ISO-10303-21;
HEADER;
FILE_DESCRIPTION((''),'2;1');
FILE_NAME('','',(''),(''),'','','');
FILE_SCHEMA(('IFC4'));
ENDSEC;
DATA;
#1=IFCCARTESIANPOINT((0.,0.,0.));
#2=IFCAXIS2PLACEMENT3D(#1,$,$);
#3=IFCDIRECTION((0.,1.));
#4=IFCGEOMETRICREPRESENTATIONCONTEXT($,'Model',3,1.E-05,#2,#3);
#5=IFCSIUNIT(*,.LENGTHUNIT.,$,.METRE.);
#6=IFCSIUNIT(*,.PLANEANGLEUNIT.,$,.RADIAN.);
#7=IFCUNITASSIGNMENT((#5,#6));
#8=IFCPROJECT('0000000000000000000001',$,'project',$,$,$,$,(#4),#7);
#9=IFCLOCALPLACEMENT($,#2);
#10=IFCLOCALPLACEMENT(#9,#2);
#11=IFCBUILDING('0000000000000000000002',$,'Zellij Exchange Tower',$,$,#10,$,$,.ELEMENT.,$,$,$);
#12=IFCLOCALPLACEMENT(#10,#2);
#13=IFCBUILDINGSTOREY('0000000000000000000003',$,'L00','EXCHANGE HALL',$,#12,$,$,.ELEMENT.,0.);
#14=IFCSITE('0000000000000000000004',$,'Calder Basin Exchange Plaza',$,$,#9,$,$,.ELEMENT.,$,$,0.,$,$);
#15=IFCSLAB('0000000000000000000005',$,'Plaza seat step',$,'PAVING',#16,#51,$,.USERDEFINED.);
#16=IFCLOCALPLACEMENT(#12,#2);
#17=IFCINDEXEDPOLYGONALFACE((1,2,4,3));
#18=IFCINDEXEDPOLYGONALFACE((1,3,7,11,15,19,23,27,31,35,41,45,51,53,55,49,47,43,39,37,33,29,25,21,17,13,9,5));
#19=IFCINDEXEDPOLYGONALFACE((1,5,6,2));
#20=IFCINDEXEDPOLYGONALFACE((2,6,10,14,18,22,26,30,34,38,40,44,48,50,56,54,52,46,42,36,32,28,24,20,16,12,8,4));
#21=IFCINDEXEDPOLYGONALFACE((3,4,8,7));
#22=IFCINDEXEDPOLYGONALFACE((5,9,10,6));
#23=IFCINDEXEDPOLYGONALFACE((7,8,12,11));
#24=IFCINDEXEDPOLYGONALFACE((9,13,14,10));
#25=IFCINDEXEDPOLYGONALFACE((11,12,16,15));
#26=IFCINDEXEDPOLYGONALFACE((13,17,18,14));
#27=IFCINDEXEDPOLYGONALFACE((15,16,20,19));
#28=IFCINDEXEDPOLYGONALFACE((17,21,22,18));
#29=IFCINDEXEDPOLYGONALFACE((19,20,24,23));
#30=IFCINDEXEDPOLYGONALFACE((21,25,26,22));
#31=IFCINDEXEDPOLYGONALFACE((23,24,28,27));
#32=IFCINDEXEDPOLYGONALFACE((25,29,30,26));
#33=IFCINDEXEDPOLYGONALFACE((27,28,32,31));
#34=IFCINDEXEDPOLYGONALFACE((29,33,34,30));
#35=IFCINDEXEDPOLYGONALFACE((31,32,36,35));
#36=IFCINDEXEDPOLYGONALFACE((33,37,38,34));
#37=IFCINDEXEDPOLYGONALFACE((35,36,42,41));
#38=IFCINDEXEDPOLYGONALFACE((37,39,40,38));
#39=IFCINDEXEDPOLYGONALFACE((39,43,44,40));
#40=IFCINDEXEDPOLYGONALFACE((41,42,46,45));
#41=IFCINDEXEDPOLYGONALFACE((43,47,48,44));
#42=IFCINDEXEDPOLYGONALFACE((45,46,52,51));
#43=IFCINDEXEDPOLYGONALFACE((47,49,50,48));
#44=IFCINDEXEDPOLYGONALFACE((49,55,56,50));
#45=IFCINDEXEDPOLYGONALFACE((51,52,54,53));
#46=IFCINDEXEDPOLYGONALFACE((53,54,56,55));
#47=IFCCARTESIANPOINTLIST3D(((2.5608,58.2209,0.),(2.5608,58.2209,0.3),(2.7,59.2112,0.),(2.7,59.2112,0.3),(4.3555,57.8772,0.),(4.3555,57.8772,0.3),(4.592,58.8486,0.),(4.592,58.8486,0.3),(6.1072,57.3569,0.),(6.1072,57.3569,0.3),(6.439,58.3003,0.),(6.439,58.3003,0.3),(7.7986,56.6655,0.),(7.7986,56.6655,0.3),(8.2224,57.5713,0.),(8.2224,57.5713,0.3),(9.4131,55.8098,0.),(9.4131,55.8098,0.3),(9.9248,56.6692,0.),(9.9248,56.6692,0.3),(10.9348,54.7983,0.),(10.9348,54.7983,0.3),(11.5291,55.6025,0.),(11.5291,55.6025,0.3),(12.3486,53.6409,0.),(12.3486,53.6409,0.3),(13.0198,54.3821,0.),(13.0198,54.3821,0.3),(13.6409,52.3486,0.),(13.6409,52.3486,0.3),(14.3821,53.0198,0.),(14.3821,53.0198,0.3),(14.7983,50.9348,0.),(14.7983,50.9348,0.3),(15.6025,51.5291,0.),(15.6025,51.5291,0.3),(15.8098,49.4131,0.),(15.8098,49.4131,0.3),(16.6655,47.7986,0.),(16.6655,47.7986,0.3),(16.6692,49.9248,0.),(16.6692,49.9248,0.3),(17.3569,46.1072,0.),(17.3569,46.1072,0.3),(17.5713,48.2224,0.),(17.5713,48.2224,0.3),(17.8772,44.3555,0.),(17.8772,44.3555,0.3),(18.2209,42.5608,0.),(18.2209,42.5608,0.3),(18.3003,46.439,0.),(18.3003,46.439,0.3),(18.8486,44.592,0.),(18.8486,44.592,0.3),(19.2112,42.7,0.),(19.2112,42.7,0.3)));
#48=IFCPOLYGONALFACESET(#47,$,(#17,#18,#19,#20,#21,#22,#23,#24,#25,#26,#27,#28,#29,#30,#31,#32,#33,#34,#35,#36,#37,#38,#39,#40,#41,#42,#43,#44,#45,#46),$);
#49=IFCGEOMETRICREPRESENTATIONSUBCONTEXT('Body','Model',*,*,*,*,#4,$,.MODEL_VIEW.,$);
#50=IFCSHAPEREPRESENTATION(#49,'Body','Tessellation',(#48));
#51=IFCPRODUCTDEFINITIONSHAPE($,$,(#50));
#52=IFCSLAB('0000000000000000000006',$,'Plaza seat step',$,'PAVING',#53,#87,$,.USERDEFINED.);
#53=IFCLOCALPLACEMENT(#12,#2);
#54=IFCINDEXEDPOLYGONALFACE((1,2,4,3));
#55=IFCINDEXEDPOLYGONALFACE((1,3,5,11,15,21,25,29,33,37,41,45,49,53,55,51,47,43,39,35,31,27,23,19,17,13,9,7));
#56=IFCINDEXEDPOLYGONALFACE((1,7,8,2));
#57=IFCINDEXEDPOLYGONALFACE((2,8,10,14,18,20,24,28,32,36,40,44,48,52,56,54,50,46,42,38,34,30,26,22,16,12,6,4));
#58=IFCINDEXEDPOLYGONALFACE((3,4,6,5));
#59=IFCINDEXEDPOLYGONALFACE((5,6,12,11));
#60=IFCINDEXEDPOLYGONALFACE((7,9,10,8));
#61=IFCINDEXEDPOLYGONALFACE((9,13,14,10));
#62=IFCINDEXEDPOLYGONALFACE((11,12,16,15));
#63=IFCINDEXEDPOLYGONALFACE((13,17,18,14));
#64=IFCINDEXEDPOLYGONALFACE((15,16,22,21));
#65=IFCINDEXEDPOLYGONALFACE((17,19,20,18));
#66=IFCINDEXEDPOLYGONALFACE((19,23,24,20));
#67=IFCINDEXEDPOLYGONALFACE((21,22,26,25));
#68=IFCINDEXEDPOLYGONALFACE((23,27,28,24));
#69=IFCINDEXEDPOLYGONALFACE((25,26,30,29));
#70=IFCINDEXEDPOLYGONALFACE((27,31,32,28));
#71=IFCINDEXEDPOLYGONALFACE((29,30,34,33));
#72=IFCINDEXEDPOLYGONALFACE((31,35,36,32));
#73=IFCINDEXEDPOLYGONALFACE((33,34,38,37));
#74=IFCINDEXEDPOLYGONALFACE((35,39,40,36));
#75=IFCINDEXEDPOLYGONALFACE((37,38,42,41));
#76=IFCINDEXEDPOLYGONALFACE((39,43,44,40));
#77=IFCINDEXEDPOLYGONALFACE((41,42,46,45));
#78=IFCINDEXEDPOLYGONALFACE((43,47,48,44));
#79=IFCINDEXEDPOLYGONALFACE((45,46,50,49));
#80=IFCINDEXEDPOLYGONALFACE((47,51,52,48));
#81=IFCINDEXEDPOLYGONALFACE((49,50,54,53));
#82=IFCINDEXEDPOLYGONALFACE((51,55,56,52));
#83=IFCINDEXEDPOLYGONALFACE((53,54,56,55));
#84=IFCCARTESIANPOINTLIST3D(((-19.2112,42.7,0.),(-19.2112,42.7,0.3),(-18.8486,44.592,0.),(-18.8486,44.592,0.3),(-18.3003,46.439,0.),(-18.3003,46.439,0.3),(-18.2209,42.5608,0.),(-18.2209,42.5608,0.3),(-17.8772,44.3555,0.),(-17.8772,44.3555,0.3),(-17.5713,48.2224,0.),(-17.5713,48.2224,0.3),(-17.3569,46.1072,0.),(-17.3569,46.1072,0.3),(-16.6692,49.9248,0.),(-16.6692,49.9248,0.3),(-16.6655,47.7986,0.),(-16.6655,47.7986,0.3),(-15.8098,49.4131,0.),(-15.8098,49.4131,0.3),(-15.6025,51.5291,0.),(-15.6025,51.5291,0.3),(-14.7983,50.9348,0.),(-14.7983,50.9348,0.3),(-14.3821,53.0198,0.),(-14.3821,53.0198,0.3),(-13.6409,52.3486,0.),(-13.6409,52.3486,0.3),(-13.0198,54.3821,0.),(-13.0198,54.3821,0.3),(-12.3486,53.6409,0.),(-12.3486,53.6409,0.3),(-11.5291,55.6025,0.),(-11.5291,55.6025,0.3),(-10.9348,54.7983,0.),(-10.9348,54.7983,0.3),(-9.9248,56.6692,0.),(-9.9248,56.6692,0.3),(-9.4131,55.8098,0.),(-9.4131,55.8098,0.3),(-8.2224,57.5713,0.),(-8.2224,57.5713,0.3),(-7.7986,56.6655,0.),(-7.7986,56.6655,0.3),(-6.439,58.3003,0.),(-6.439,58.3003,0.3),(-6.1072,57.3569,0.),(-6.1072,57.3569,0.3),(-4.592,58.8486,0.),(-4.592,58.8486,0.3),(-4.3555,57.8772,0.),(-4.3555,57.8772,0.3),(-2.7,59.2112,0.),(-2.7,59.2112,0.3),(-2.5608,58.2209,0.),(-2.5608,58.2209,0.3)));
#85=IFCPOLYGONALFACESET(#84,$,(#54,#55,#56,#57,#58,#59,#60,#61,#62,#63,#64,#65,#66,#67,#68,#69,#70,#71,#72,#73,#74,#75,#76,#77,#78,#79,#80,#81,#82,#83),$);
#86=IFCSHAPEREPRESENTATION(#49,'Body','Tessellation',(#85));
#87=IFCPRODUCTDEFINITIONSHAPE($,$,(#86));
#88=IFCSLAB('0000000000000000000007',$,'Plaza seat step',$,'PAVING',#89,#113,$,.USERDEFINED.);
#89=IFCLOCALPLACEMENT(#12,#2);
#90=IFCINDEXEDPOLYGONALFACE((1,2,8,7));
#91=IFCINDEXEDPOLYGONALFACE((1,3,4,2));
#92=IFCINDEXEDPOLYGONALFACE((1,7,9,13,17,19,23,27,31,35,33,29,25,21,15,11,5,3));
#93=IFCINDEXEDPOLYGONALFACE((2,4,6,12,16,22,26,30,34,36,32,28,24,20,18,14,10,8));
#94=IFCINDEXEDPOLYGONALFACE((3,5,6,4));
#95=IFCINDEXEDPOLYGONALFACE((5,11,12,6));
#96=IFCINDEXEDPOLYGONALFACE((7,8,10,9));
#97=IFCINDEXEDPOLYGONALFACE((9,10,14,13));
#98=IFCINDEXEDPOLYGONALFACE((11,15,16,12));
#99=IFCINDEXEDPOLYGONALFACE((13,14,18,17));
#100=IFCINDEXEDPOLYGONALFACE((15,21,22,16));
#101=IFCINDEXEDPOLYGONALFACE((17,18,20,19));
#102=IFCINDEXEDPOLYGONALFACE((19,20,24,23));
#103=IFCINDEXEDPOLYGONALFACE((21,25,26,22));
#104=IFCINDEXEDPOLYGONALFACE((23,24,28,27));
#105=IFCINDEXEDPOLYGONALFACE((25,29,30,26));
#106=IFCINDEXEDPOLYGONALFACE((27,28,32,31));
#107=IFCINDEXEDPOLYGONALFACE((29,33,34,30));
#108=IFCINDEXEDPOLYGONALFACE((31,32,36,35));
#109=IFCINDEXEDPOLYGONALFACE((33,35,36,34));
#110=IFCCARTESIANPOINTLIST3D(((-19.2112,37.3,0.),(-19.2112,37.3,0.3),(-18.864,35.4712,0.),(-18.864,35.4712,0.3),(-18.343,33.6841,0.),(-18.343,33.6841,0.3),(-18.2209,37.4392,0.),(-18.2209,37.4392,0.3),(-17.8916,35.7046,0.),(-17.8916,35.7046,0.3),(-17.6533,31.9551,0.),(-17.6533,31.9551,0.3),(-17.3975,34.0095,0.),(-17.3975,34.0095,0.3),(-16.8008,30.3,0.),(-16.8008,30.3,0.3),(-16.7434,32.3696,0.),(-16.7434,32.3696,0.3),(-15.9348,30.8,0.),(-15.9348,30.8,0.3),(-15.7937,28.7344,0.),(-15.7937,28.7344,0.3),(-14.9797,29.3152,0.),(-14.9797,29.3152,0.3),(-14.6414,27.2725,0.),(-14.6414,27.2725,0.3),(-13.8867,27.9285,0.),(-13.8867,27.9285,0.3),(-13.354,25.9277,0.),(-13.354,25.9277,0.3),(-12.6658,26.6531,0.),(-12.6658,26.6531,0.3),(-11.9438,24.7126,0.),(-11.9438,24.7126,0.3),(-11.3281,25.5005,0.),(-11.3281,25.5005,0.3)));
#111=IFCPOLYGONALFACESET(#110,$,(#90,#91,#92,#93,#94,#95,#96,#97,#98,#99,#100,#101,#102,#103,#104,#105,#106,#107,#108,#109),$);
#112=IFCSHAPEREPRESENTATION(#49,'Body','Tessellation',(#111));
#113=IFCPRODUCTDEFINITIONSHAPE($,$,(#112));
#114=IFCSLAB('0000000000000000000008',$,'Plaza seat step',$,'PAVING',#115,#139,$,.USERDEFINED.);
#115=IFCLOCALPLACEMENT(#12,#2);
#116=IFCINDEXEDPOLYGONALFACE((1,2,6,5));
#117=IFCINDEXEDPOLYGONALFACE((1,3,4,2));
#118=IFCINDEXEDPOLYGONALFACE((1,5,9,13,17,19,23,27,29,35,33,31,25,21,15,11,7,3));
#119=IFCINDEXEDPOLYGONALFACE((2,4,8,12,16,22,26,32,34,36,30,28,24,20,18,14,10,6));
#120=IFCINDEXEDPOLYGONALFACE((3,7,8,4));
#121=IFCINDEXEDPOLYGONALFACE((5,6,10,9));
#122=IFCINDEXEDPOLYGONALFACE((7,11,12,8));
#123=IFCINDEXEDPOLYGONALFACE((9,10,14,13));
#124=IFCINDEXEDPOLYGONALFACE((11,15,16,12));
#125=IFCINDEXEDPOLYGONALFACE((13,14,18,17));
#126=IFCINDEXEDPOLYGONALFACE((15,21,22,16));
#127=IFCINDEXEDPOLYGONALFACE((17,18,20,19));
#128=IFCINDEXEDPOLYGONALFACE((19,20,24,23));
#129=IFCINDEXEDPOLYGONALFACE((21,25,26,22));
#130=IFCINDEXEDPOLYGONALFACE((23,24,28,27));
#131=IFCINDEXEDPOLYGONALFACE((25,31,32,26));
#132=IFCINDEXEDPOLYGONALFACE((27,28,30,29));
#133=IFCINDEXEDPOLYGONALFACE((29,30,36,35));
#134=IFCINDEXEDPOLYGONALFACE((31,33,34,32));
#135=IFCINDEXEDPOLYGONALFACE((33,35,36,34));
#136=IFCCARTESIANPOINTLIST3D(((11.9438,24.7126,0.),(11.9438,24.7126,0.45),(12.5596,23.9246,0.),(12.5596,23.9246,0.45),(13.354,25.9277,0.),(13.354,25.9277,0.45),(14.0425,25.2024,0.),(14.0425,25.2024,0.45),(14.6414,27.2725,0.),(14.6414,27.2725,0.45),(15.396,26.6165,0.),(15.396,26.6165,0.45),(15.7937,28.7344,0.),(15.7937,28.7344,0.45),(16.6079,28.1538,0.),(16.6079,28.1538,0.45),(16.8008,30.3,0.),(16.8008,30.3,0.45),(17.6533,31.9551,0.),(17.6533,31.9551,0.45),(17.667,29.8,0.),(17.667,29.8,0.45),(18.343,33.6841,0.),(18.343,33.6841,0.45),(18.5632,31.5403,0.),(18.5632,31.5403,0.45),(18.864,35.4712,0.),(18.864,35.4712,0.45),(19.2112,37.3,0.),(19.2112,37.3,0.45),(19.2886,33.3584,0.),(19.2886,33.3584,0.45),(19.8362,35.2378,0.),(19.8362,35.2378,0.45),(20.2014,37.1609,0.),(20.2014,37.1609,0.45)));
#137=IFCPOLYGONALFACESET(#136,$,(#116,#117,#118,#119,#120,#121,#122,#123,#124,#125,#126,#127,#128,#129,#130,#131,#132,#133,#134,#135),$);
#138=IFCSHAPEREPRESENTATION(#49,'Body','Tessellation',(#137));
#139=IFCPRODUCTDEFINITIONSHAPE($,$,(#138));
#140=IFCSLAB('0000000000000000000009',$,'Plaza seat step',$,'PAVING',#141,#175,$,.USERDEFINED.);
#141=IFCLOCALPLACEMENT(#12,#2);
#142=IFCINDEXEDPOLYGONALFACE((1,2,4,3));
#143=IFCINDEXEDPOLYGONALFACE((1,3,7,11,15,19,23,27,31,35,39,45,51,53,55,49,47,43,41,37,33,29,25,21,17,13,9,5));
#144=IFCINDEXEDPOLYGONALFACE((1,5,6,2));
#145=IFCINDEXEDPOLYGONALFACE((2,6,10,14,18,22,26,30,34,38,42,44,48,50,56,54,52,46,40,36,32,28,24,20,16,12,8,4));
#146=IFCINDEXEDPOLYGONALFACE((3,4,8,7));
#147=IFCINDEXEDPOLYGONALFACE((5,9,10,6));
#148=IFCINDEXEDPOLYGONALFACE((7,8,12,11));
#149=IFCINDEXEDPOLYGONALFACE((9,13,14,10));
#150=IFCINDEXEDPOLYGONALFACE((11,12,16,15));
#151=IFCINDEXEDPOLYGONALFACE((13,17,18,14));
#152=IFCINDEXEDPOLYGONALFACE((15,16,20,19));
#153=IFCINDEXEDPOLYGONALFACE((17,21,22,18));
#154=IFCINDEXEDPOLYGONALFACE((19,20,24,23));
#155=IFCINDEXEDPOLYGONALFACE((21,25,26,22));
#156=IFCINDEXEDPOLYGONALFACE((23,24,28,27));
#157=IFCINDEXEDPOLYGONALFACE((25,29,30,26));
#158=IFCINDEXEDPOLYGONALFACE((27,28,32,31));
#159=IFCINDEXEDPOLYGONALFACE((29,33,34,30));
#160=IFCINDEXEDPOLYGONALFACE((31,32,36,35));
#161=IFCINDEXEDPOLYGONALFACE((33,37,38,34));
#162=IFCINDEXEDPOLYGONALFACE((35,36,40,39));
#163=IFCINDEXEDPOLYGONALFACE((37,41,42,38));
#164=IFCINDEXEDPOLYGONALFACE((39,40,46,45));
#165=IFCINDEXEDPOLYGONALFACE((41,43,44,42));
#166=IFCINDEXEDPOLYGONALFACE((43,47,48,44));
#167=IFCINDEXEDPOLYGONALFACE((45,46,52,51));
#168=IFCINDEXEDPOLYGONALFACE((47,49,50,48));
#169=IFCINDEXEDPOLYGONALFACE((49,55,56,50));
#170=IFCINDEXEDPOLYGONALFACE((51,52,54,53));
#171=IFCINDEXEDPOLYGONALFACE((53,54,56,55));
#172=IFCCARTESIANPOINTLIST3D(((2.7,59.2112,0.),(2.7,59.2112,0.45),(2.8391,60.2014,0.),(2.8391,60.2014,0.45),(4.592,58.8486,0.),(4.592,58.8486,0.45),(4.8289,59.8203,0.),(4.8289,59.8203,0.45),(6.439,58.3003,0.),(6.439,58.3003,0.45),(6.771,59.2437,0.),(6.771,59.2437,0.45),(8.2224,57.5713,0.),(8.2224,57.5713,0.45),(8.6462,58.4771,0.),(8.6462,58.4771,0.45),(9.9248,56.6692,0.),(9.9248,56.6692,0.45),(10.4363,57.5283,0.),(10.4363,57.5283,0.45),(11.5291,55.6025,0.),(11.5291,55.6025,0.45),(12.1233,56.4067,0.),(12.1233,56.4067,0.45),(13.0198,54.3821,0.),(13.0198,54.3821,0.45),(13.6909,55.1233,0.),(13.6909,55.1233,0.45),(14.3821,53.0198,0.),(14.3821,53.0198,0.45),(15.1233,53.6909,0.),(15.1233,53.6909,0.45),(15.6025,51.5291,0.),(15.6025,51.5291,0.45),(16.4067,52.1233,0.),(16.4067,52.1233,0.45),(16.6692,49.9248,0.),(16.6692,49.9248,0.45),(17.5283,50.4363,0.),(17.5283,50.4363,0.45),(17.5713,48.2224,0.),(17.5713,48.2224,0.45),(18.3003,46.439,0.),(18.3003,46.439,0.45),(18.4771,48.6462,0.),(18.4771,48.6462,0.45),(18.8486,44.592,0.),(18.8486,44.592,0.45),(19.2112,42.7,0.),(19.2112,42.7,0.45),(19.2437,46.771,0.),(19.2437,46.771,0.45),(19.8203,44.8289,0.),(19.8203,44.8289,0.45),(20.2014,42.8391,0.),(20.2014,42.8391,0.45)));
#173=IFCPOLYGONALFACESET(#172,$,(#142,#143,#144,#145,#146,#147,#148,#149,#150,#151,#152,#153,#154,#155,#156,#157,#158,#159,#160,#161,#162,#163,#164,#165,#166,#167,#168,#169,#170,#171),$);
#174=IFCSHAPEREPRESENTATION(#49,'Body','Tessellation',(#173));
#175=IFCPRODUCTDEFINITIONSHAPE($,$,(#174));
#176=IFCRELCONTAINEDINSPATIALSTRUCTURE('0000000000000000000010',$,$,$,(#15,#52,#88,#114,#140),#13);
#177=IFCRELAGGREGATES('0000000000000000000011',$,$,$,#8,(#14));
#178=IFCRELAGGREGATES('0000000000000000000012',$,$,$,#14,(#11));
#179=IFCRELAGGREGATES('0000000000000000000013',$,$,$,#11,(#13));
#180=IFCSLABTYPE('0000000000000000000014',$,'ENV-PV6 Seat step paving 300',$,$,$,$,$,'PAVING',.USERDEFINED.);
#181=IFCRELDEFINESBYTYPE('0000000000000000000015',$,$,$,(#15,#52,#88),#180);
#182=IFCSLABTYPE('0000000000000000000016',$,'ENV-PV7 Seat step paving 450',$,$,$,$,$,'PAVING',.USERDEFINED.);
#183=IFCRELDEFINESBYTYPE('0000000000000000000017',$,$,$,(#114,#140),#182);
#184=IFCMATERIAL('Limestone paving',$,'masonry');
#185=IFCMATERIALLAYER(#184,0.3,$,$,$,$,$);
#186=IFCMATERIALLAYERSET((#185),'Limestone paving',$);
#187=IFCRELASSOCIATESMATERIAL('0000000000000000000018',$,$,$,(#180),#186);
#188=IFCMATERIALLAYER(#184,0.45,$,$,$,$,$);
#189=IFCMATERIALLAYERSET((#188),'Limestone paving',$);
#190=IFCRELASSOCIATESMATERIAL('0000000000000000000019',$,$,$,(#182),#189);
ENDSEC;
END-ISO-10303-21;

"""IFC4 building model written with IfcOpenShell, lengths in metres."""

from ifc_helpers import new_model, si_unit, direction, origin, place, context, subcontext, project, spatial, polyline, outline, extrude, material, layer, layer_set, type_object, element, save


model = new_model("IFC4")

# Units and contexts
model_context = context("Model", 3, precision=1e-05, world=origin(), true_north=direction((0.0, 1.0)))
body_context = subcontext(model_context, "Body", "Model", "MODEL_VIEW")
ifc_project = project(units=[si_unit("LENGTHUNIT", "METRE"), si_unit("PLANEANGLEUNIT", "RADIAN")], contexts=[model_context])

# Site, building, storey
site_placement = place(None, origin())
site = spatial("IfcSite", under=ifc_project, at=site_placement, Name="Calder Basin Exchange Plaza", CompositionType="ELEMENT", RefElevation=0.0)
building_placement = place(site_placement, origin())
building = spatial("IfcBuilding", under=site, at=building_placement, Name="Zellij Exchange Tower", CompositionType="ELEMENT")
storey_placement = place(building_placement, origin())
storey = spatial("IfcBuildingStorey", under=building, at=storey_placement, Name="L00", Description="EXCHANGE HALL", CompositionType="ELEMENT", Elevation=0.0)

# Slabs
ifc_material_1 = material(Name="Limestone paving", Category="masonry")
ifc_layer_1 = layer(ifc_material_1, 0.3)
ifc_layer_set_1 = layer_set([ifc_layer_1], Name="Limestone paving")
slab_type_1 = type_object("IfcSlabType", Name="ENV-PV6 Seat step paving 300", ElementType="PAVING", PredefinedType="USERDEFINED", material=ifc_layer_set_1)
slab_1_placement = place(storey_placement, origin())
element("IfcSlab", 1, at=slab_1_placement, inside=storey, type_object=slab_type_1, Name="Plaza seat step", ObjectType="PAVING", PredefinedType="USERDEFINED", context=body_context, shape_type="SweptSolid", body=[
    extrude(outline(polyline([(19.2112, 42.7), (18.8486, 44.592), (18.3003, 46.439), (17.5713, 48.2224), (16.6692, 49.9248), (15.6025, 51.5291), (14.3821, 53.0198), (13.0198, 54.3821), (11.5291, 55.6025), (9.9248, 56.6692), (8.2224, 57.5713), (6.439, 58.3003), (4.592, 58.8486), (2.7, 59.2112), (2.5608, 58.2209), (4.3555, 57.8772), (6.1072, 57.3569), (7.7986, 56.6655), (9.4131, 55.8098), (10.9348, 54.7983), (12.3486, 53.6409), (13.6409, 52.3486), (14.7983, 50.9348), (15.8098, 49.4131), (16.6655, 47.7986), (17.3569, 46.1072), (17.8772, 44.3555), (18.2209, 42.5608), (19.2112, 42.7)])), origin(), (0.0, 0.0, 1.0), 0.3),
])
slab_2_placement = place(storey_placement, origin())
element("IfcSlab", 2, at=slab_2_placement, inside=storey, type_object=slab_type_1, Name="Plaza seat step", ObjectType="PAVING", PredefinedType="USERDEFINED", context=body_context, shape_type="SweptSolid", body=[
    extrude(outline(polyline([(-2.7, 59.2112), (-4.592, 58.8486), (-6.439, 58.3003), (-8.2224, 57.5713), (-9.9248, 56.6692), (-11.5291, 55.6025), (-13.0198, 54.3821), (-14.3821, 53.0198), (-15.6025, 51.5291), (-16.6692, 49.9248), (-17.5713, 48.2224), (-18.3003, 46.439), (-18.8486, 44.592), (-19.2112, 42.7), (-18.2209, 42.5608), (-17.8772, 44.3555), (-17.3569, 46.1072), (-16.6655, 47.7986), (-15.8098, 49.4131), (-14.7983, 50.9348), (-13.6409, 52.3486), (-12.3486, 53.6409), (-10.9348, 54.7983), (-9.4131, 55.8098), (-7.7986, 56.6655), (-6.1072, 57.3569), (-4.3555, 57.8772), (-2.5608, 58.2209), (-2.7, 59.2112)])), origin(), (0.0, 0.0, 1.0), 0.3),
])
slab_3_placement = place(storey_placement, origin())
element("IfcSlab", 3, at=slab_3_placement, inside=storey, type_object=slab_type_1, Name="Plaza seat step", ObjectType="PAVING", PredefinedType="USERDEFINED", context=body_context, shape_type="SweptSolid", body=[
    extrude(outline(polyline([(-19.2112, 37.3), (-18.864, 35.4712), (-18.343, 33.6841), (-17.6533, 31.9551), (-16.8008, 30.3), (-15.7937, 28.7344), (-14.6414, 27.2725), (-13.354, 25.9277), (-11.9438, 24.7126), (-11.3281, 25.5005), (-12.6658, 26.6531), (-13.8867, 27.9285), (-14.9797, 29.3152), (-15.9348, 30.8), (-16.7434, 32.3696), (-17.3975, 34.0095), (-17.8916, 35.7046), (-18.2209, 37.4392), (-19.2112, 37.3)])), origin(), (0.0, 0.0, 1.0), 0.3),
])
ifc_layer_2 = layer(ifc_material_1, 0.45)
ifc_layer_set_2 = layer_set([ifc_layer_2], Name="Limestone paving")
slab_type_2 = type_object("IfcSlabType", Name="ENV-PV7 Seat step paving 450", ElementType="PAVING", PredefinedType="USERDEFINED", material=ifc_layer_set_2)
slab_4_placement = place(storey_placement, origin())
element("IfcSlab", 4, at=slab_4_placement, inside=storey, type_object=slab_type_2, Name="Plaza seat step", ObjectType="PAVING", PredefinedType="USERDEFINED", context=body_context, shape_type="SweptSolid", body=[
    extrude(outline(polyline([(12.5596, 23.9246), (14.0425, 25.2024), (15.396, 26.6165), (16.6079, 28.1538), (17.667, 29.8), (18.5632, 31.5403), (19.2886, 33.3584), (19.8362, 35.2378), (20.2014, 37.1609), (19.2112, 37.3), (18.864, 35.4712), (18.343, 33.6841), (17.6533, 31.9551), (16.8008, 30.3), (15.7937, 28.7344), (14.6414, 27.2725), (13.354, 25.9277), (11.9438, 24.7126), (12.5596, 23.9246)])), origin(), (0.0, 0.0, 1.0), 0.45),
])
slab_5_placement = place(storey_placement, origin())
element("IfcSlab", 5, at=slab_5_placement, inside=storey, type_object=slab_type_2, Name="Plaza seat step", ObjectType="PAVING", PredefinedType="USERDEFINED", context=body_context, shape_type="SweptSolid", body=[
    extrude(outline(polyline([(20.2014, 42.8391), (19.8203, 44.8289), (19.2437, 46.771), (18.4771, 48.6462), (17.5283, 50.4363), (16.4067, 52.1233), (15.1233, 53.6909), (13.6909, 55.1233), (12.1233, 56.4067), (10.4363, 57.5283), (8.6462, 58.4771), (6.771, 59.2437), (4.8289, 59.8203), (2.8391, 60.2014), (2.7, 59.2112), (4.592, 58.8486), (6.439, 58.3003), (8.2224, 57.5713), (9.9248, 56.6692), (11.5291, 55.6025), (13.0198, 54.3821), (14.3821, 53.0198), (15.6025, 51.5291), (16.6692, 49.9248), (17.5713, 48.2224), (18.3003, 46.439), (18.8486, 44.592), (19.2112, 42.7), (20.2014, 42.8391)])), origin(), (0.0, 0.0, 1.0), 0.45),
])

save(model, "model.ifc")
